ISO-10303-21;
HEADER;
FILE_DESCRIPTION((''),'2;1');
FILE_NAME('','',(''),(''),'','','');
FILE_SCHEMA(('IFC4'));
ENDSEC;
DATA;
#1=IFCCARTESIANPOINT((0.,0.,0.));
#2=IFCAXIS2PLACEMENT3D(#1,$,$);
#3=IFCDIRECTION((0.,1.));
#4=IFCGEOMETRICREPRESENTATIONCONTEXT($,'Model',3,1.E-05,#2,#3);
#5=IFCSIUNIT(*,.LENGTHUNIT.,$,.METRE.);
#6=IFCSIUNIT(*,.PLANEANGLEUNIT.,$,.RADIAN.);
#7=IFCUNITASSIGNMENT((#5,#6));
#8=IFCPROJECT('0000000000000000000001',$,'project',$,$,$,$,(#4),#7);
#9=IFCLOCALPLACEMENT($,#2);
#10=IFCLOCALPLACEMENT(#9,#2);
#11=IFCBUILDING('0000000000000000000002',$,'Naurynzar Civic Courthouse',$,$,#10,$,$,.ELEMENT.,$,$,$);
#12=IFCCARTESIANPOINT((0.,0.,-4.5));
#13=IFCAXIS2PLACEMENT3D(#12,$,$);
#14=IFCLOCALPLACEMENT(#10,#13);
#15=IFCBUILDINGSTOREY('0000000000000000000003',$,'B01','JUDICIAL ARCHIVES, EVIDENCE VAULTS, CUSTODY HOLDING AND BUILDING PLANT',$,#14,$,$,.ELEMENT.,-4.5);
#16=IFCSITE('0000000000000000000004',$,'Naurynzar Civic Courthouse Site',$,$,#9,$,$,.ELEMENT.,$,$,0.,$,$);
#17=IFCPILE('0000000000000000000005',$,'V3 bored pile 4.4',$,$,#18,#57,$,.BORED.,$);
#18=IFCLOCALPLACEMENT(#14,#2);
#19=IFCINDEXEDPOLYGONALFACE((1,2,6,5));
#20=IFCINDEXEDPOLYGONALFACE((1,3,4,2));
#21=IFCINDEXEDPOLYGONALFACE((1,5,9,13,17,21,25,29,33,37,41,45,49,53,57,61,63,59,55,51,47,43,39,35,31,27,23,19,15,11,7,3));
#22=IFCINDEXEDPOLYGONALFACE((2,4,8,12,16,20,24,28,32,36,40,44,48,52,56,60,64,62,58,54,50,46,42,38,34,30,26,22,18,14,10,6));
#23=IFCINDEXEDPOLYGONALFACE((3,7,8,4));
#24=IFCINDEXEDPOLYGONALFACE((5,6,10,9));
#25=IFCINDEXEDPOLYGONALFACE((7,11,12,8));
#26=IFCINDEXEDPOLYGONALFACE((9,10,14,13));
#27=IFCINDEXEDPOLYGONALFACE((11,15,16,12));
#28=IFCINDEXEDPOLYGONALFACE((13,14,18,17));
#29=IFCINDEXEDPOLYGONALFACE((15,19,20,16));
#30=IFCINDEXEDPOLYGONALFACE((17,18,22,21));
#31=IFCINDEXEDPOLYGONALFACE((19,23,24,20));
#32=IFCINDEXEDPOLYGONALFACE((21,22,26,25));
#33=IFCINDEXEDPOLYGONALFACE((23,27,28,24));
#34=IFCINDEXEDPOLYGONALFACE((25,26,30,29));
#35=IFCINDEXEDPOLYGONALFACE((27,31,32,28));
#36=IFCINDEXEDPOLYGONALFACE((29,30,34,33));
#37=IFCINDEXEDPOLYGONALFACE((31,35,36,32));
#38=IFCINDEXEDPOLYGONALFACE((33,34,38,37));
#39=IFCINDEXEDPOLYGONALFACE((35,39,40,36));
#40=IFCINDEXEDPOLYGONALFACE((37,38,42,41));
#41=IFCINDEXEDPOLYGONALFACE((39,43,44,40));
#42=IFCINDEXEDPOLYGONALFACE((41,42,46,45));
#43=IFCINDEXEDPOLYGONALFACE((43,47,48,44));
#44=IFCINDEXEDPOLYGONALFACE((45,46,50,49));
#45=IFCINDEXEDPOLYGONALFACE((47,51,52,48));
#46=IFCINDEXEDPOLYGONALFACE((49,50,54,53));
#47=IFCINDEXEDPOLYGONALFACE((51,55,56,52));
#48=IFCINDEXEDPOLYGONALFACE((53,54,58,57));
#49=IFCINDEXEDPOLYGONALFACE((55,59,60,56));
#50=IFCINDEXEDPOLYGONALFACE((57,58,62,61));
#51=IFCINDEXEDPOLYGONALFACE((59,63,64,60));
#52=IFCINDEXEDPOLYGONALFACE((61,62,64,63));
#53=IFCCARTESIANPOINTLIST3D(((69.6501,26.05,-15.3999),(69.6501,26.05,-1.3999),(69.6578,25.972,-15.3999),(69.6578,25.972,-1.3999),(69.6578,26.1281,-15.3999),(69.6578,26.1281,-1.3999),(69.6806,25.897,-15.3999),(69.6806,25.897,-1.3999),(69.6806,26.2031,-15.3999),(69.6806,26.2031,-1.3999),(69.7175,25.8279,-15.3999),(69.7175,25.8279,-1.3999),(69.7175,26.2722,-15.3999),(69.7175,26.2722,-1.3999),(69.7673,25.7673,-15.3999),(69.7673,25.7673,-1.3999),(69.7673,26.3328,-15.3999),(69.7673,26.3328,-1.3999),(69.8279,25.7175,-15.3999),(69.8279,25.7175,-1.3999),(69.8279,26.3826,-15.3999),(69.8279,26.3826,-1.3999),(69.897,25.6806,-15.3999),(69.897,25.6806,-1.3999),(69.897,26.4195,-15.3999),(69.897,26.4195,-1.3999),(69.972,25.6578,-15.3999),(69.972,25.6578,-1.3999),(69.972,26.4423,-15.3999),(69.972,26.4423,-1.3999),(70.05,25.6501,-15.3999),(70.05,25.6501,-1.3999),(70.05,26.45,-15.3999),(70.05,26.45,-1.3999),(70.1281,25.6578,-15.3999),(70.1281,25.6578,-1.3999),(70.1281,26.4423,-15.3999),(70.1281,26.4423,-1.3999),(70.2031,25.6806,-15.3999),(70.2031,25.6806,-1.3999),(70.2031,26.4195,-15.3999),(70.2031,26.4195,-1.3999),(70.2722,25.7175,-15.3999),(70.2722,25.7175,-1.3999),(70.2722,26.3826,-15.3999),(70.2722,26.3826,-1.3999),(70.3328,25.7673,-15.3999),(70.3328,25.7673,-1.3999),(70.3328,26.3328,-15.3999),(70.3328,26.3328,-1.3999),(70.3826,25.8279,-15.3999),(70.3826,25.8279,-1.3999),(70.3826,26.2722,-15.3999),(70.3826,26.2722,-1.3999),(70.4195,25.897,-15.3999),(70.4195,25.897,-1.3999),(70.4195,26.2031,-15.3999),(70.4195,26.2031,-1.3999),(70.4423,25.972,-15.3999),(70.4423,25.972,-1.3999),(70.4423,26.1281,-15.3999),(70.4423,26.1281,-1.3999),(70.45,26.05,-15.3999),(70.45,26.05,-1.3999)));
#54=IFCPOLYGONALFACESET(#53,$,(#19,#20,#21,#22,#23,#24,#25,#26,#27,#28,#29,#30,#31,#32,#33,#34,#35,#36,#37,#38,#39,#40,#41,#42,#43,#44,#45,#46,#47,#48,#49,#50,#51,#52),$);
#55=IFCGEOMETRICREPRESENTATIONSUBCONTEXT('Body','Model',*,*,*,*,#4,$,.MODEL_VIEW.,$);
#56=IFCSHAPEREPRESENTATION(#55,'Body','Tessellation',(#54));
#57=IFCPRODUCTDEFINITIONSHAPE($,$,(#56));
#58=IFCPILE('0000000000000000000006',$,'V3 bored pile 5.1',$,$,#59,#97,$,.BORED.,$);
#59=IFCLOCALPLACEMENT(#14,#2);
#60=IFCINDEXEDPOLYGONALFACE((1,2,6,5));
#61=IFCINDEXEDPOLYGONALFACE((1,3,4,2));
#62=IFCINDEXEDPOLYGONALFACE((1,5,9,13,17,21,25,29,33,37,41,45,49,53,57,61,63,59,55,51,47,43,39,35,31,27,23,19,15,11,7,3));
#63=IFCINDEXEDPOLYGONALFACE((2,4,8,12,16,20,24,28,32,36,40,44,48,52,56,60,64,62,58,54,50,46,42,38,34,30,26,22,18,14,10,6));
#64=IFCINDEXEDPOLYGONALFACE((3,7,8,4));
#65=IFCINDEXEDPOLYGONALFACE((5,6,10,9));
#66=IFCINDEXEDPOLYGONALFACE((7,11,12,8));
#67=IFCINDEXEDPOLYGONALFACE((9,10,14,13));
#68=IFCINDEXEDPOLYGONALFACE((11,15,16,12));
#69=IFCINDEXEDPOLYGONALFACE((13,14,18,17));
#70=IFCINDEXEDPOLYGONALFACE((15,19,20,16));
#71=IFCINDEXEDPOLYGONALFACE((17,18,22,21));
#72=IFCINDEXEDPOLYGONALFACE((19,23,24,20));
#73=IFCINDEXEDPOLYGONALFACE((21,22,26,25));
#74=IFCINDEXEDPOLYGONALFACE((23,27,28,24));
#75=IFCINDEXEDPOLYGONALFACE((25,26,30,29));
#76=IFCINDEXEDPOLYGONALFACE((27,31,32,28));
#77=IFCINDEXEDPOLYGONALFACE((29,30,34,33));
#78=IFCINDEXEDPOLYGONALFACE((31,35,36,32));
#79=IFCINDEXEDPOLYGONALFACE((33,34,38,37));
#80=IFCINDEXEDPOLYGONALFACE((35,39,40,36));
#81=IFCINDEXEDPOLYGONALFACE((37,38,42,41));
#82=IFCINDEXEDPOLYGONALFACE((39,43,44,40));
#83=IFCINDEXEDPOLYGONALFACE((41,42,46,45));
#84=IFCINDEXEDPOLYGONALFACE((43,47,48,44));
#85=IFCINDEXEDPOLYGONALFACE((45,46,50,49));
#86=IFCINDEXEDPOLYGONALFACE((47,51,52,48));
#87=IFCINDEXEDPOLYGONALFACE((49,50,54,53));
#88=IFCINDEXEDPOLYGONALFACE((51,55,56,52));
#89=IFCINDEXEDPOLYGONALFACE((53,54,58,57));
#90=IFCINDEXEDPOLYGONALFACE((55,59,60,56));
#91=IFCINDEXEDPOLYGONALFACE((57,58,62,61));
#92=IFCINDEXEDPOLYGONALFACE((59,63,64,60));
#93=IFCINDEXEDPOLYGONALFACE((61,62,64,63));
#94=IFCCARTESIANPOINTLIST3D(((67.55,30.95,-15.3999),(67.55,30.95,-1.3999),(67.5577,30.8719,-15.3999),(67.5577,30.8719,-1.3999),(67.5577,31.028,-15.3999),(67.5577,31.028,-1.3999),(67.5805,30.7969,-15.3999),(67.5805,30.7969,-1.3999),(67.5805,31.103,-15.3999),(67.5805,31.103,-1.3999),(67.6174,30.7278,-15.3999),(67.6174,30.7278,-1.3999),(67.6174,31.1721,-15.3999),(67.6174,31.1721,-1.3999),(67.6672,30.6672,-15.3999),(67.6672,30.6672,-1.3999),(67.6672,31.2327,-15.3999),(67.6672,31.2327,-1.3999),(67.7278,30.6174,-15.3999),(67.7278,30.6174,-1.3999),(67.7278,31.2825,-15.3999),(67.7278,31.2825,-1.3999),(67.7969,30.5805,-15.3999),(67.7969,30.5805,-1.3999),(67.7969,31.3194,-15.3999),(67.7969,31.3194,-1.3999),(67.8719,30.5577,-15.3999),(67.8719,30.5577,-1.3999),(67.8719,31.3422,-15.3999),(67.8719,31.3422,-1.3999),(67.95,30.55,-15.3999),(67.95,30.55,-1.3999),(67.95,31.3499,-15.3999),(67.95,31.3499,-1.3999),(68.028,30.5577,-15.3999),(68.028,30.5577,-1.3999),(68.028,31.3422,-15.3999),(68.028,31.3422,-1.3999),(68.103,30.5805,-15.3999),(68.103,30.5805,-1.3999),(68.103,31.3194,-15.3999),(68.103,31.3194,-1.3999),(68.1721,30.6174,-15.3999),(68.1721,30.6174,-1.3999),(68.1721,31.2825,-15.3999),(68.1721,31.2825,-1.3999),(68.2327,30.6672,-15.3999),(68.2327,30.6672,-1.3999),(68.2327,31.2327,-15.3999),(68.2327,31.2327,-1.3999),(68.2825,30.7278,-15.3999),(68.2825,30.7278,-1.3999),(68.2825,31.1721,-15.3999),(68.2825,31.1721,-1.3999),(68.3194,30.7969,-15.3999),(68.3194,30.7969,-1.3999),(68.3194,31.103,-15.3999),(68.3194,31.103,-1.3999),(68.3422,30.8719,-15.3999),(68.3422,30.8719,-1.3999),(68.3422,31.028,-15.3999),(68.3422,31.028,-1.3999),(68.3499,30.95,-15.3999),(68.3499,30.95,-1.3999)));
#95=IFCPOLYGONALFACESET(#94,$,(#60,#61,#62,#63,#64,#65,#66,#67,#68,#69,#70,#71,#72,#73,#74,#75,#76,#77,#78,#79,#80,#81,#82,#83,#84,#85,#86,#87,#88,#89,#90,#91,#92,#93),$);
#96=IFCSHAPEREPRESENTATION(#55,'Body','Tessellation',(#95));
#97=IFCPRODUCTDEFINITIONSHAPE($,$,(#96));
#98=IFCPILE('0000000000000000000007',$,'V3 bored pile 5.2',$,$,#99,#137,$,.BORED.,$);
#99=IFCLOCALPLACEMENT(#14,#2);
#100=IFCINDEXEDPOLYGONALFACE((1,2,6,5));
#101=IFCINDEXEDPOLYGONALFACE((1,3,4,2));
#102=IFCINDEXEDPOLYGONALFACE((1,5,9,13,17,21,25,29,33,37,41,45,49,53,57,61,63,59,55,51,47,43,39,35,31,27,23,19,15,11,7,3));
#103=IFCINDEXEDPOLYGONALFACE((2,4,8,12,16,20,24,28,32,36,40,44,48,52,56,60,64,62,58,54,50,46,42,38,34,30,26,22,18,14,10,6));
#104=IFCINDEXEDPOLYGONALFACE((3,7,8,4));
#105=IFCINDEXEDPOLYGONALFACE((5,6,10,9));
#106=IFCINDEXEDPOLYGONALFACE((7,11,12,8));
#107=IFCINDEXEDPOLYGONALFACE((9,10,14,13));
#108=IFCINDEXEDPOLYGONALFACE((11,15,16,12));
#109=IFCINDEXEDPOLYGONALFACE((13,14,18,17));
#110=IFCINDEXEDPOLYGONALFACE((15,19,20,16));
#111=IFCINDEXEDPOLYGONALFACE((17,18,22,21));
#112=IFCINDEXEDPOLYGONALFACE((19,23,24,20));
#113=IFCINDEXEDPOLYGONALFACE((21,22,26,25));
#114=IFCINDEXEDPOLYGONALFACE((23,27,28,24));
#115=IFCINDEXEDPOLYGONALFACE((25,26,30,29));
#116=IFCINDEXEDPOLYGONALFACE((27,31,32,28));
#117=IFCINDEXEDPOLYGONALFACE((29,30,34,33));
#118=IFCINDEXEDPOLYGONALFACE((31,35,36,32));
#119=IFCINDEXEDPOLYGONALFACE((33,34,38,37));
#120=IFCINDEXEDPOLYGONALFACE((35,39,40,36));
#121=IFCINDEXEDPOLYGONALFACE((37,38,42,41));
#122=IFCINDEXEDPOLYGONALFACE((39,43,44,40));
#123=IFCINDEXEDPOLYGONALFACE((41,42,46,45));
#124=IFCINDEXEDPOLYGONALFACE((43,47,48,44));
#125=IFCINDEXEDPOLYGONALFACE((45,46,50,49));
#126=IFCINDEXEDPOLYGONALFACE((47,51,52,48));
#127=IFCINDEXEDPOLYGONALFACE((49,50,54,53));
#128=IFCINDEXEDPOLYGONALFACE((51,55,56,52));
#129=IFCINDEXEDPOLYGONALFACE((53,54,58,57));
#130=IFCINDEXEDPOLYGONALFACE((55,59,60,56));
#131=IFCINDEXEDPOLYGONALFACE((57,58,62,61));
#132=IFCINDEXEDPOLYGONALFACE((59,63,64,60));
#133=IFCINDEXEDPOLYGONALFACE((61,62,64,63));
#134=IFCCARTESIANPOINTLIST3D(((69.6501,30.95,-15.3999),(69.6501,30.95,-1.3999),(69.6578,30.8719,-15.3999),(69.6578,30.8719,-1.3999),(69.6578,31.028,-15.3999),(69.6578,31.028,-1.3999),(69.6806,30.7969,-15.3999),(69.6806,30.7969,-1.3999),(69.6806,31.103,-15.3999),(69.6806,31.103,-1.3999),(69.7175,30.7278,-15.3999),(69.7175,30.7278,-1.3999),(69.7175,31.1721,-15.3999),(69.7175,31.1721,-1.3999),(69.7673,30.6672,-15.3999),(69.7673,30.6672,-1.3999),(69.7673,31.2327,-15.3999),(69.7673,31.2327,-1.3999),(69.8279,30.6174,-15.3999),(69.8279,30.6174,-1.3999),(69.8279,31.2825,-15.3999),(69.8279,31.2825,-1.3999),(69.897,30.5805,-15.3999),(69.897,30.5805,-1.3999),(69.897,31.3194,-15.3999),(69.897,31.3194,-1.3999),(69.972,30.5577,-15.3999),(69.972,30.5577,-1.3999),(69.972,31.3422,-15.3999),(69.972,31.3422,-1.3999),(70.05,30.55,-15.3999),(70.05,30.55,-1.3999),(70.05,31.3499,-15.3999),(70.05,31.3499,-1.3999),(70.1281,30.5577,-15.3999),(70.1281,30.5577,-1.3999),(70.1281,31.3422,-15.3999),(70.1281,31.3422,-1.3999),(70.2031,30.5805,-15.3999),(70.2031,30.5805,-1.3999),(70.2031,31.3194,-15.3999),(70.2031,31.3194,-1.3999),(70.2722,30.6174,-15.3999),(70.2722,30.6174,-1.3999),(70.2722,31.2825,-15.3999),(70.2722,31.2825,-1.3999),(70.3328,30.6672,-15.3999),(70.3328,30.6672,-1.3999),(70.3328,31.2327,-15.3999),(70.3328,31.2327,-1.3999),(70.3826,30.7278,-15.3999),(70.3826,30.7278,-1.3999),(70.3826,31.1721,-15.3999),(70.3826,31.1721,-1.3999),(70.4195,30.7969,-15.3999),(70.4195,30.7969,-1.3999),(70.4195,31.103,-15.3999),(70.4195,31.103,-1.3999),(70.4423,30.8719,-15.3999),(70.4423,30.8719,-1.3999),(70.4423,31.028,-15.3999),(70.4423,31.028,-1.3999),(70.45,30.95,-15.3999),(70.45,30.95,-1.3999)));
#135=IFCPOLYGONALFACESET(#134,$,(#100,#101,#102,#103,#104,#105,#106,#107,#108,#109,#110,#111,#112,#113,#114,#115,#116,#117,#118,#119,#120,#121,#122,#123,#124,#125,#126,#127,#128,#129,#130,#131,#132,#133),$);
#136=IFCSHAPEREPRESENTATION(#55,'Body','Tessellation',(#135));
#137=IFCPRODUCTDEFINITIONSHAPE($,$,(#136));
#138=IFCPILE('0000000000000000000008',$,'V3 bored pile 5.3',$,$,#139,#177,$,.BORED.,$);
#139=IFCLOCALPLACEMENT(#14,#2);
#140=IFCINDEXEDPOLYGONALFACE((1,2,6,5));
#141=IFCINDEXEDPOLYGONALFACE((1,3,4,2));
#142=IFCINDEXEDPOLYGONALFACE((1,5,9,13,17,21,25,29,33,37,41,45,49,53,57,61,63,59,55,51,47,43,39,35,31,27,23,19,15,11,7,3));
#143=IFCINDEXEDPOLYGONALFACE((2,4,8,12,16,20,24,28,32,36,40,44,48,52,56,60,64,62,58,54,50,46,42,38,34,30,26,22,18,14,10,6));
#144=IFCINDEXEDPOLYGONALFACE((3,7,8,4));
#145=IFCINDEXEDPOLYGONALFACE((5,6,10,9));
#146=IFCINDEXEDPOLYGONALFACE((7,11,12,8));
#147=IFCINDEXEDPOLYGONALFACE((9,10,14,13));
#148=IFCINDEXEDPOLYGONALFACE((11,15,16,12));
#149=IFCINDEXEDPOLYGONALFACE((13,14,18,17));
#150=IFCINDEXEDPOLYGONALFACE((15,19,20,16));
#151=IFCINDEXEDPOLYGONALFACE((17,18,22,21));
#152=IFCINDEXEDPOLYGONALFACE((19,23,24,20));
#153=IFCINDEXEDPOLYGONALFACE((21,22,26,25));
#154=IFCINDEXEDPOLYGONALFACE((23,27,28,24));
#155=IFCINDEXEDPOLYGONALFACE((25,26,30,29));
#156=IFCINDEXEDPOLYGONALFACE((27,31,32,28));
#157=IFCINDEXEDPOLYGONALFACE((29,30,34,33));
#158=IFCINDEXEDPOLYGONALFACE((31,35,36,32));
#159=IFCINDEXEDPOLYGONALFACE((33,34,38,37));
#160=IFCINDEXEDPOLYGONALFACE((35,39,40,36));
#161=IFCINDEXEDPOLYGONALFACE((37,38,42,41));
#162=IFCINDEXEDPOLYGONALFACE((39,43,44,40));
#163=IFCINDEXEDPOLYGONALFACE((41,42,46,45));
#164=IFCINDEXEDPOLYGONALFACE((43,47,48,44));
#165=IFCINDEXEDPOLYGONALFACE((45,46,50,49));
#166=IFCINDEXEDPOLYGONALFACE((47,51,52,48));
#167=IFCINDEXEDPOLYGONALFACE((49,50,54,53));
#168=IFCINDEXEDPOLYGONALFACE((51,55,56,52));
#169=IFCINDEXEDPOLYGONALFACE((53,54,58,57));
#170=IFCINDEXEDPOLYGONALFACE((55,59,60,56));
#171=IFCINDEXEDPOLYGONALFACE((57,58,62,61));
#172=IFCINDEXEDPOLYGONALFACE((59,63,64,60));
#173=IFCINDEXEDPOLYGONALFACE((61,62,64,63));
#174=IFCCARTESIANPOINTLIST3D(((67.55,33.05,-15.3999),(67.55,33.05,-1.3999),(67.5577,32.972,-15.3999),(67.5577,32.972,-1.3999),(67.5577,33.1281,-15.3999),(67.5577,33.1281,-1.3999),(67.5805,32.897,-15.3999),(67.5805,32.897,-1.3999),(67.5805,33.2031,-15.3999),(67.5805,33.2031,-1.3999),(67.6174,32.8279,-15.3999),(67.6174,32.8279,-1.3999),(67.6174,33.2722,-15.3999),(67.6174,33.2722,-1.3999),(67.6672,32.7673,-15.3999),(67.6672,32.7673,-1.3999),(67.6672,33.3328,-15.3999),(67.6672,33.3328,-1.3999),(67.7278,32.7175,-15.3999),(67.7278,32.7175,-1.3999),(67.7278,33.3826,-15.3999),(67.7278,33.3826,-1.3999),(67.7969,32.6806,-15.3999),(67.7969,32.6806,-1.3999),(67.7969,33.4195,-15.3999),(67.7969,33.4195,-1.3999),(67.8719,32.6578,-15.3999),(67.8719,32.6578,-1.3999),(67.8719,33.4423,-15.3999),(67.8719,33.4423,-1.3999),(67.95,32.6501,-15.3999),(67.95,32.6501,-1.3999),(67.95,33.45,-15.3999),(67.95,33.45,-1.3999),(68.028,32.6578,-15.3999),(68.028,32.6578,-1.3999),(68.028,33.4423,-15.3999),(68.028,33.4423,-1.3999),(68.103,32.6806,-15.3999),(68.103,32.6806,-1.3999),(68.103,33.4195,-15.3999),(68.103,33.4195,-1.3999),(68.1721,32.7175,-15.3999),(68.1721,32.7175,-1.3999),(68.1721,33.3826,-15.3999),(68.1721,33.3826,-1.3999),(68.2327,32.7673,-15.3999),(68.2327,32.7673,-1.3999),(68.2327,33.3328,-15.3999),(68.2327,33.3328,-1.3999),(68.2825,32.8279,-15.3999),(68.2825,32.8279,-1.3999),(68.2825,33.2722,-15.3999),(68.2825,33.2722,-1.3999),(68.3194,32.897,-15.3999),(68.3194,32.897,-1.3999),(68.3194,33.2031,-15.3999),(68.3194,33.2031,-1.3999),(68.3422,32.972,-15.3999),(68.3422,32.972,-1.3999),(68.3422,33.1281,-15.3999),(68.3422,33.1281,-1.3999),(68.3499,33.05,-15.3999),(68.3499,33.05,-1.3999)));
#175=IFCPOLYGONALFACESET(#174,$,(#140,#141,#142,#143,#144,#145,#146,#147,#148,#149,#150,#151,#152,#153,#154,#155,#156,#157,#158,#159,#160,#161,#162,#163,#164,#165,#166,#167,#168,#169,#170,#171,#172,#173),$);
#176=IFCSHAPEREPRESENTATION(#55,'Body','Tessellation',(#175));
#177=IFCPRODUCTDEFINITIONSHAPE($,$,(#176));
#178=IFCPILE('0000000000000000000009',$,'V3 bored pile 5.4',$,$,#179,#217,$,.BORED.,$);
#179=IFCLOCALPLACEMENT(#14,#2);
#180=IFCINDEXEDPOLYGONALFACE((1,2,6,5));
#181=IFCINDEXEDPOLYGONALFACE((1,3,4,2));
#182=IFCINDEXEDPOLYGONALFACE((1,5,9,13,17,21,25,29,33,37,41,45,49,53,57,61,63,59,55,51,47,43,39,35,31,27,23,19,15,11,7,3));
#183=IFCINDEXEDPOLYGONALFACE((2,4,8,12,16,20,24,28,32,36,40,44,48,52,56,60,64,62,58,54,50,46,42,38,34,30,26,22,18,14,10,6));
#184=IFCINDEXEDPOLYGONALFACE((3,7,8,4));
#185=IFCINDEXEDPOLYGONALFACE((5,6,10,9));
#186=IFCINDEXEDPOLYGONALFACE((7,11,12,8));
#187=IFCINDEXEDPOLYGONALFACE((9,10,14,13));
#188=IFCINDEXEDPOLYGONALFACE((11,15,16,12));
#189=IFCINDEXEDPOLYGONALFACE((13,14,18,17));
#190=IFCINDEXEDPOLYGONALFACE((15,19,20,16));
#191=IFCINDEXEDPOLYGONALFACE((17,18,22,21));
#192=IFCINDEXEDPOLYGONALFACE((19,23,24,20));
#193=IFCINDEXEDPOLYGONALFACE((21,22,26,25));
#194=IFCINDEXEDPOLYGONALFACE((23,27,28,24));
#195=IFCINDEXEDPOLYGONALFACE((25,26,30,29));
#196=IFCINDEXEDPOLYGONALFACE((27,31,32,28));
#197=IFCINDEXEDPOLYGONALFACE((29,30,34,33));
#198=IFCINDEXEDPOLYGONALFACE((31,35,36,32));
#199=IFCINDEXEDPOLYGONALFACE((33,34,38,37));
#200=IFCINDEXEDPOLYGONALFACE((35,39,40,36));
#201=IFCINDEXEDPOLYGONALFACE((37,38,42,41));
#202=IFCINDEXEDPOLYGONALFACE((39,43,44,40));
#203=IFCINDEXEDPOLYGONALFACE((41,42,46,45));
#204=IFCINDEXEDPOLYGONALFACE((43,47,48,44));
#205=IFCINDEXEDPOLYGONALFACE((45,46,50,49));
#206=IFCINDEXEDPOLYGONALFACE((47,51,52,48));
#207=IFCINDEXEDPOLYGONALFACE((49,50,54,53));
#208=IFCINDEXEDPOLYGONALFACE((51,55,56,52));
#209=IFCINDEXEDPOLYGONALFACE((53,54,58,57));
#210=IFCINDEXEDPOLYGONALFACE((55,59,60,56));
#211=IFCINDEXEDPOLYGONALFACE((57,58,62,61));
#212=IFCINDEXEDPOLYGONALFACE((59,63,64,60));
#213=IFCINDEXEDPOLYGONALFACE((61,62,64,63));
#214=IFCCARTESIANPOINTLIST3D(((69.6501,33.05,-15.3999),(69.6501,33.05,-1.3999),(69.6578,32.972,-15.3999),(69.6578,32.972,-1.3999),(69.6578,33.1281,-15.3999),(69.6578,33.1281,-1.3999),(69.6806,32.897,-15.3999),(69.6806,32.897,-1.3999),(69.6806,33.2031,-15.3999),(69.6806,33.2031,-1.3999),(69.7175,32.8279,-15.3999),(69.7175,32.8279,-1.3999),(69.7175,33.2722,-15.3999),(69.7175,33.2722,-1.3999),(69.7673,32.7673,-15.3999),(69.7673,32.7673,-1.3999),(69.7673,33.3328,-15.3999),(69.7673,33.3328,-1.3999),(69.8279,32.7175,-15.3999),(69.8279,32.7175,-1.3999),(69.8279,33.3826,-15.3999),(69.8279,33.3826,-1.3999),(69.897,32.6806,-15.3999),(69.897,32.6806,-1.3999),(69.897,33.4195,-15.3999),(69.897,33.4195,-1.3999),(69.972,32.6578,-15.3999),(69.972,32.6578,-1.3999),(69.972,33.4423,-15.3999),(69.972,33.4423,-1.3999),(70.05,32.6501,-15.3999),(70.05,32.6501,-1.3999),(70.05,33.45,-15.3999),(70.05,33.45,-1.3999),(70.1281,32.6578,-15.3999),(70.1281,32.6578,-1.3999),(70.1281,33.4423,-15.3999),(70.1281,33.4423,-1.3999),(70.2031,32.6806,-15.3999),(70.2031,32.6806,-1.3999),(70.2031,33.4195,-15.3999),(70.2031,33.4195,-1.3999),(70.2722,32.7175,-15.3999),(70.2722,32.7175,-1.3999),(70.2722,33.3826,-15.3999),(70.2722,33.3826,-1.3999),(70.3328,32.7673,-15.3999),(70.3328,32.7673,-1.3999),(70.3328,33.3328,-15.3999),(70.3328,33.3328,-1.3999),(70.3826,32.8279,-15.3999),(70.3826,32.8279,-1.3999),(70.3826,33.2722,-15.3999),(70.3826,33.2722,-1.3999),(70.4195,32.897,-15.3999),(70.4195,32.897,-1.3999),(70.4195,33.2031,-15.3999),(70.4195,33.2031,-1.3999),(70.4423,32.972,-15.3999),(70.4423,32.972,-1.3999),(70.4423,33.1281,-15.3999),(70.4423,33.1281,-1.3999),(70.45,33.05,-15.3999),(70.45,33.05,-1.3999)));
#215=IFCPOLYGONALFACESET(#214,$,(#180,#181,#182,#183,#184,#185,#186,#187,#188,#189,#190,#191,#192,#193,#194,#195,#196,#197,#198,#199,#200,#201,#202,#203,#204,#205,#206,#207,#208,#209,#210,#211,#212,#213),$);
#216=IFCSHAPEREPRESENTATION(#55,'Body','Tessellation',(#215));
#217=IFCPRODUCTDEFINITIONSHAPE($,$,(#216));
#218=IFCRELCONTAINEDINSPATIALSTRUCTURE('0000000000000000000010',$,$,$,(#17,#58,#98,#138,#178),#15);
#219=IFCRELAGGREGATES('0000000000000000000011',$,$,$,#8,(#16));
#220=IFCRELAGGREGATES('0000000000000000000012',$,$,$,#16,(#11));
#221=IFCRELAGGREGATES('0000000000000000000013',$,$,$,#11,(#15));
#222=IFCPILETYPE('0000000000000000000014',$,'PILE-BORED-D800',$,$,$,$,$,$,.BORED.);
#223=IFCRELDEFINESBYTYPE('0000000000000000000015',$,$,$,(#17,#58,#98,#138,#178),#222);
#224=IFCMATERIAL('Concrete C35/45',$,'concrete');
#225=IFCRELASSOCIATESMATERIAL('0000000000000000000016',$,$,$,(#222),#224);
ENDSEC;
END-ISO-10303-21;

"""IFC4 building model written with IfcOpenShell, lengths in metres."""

from ifc_helpers import new_model, si_unit, direction, frame, origin, origin_2d, place, context, subcontext, project, spatial, circle, extrude, material, material_profile, profile_set, type_object, element, save


model = new_model("IFC4")

# Units and contexts
model_context = context("Model", 3, precision=1e-05, world=origin(), true_north=direction((0.0, 1.0)))
body_context = subcontext(model_context, "Body", "Model", "MODEL_VIEW")
ifc_project = project(units=[si_unit("LENGTHUNIT", "METRE"), si_unit("PLANEANGLEUNIT", "RADIAN")], contexts=[model_context])

# Site, building, storey
site_placement = place(None, origin())
site = spatial("IfcSite", under=ifc_project, at=site_placement, Name="Naurynzar Civic Courthouse Site", CompositionType="ELEMENT", RefElevation=0.0)
building_placement = place(site_placement, origin())
building = spatial("IfcBuilding", under=site, at=building_placement, Name="Naurynzar Civic Courthouse", CompositionType="ELEMENT")
storey_placement = place(building_placement, frame((0.0, 0.0, -4.5)))
storey = spatial("IfcBuildingStorey", under=building, at=storey_placement, Name="B01", Description="JUDICIAL ARCHIVES, EVIDENCE VAULTS, CUSTODY HOLDING AND BUILDING PLANT", CompositionType="ELEMENT", Elevation=-4.5)

# Piles
ifc_material_1 = material(Name="Concrete C35/45", Category="concrete")
ifc_material_profile_1 = material_profile(ifc_material_1, circle(Radius=0.3999, at=origin_2d()), Name="PILE D800")
ifc_profile_set_1 = profile_set([ifc_material_profile_1], Name="Concrete C35/45")
pile_type = type_object("IfcPileType", Name="PILE-BORED-D800", PredefinedType="BORED", material=ifc_profile_set_1)
for number, where, z_axis, x_axis, name in (
    (1, (70.05, 26.05, -1.3999), (0.0, 0.0, -1.0), (1.0, 0.0, 0.0), "V3 bored pile 4.4"),
    (2, (67.95, 30.95, -1.3999), (0.0, 0.0, -1.0), (1.0, 0.0, 0.0), "V3 bored pile 5.1"),
    (3, (70.05, 30.95, -1.3999), (0.0, 0.0, -1.0), (1.0, 0.0, 0.0), "V3 bored pile 5.2"),
    (4, (67.95, 33.05, -1.3999), (0.0, 0.0, -1.0), (1.0, 0.0, 0.0), "V3 bored pile 5.3"),
    (5, (70.05, 33.05, -1.3999), (0.0, 0.0, -1.0), (1.0, 0.0, 0.0), "V3 bored pile 5.4"),
):
    element("IfcPile", number, at=place(storey_placement, frame(where, z_axis=z_axis, x_axis=x_axis)), inside=storey, type_object=pile_type, Name=name, PredefinedType="BORED", context=body_context, shape_type="SweptSolid", body=[
        extrude(circle(Radius=0.3999, at=origin_2d()), origin(), (0.0, 0.0, 1.0), 14.0),
    ])

save(model, "model.ifc")
